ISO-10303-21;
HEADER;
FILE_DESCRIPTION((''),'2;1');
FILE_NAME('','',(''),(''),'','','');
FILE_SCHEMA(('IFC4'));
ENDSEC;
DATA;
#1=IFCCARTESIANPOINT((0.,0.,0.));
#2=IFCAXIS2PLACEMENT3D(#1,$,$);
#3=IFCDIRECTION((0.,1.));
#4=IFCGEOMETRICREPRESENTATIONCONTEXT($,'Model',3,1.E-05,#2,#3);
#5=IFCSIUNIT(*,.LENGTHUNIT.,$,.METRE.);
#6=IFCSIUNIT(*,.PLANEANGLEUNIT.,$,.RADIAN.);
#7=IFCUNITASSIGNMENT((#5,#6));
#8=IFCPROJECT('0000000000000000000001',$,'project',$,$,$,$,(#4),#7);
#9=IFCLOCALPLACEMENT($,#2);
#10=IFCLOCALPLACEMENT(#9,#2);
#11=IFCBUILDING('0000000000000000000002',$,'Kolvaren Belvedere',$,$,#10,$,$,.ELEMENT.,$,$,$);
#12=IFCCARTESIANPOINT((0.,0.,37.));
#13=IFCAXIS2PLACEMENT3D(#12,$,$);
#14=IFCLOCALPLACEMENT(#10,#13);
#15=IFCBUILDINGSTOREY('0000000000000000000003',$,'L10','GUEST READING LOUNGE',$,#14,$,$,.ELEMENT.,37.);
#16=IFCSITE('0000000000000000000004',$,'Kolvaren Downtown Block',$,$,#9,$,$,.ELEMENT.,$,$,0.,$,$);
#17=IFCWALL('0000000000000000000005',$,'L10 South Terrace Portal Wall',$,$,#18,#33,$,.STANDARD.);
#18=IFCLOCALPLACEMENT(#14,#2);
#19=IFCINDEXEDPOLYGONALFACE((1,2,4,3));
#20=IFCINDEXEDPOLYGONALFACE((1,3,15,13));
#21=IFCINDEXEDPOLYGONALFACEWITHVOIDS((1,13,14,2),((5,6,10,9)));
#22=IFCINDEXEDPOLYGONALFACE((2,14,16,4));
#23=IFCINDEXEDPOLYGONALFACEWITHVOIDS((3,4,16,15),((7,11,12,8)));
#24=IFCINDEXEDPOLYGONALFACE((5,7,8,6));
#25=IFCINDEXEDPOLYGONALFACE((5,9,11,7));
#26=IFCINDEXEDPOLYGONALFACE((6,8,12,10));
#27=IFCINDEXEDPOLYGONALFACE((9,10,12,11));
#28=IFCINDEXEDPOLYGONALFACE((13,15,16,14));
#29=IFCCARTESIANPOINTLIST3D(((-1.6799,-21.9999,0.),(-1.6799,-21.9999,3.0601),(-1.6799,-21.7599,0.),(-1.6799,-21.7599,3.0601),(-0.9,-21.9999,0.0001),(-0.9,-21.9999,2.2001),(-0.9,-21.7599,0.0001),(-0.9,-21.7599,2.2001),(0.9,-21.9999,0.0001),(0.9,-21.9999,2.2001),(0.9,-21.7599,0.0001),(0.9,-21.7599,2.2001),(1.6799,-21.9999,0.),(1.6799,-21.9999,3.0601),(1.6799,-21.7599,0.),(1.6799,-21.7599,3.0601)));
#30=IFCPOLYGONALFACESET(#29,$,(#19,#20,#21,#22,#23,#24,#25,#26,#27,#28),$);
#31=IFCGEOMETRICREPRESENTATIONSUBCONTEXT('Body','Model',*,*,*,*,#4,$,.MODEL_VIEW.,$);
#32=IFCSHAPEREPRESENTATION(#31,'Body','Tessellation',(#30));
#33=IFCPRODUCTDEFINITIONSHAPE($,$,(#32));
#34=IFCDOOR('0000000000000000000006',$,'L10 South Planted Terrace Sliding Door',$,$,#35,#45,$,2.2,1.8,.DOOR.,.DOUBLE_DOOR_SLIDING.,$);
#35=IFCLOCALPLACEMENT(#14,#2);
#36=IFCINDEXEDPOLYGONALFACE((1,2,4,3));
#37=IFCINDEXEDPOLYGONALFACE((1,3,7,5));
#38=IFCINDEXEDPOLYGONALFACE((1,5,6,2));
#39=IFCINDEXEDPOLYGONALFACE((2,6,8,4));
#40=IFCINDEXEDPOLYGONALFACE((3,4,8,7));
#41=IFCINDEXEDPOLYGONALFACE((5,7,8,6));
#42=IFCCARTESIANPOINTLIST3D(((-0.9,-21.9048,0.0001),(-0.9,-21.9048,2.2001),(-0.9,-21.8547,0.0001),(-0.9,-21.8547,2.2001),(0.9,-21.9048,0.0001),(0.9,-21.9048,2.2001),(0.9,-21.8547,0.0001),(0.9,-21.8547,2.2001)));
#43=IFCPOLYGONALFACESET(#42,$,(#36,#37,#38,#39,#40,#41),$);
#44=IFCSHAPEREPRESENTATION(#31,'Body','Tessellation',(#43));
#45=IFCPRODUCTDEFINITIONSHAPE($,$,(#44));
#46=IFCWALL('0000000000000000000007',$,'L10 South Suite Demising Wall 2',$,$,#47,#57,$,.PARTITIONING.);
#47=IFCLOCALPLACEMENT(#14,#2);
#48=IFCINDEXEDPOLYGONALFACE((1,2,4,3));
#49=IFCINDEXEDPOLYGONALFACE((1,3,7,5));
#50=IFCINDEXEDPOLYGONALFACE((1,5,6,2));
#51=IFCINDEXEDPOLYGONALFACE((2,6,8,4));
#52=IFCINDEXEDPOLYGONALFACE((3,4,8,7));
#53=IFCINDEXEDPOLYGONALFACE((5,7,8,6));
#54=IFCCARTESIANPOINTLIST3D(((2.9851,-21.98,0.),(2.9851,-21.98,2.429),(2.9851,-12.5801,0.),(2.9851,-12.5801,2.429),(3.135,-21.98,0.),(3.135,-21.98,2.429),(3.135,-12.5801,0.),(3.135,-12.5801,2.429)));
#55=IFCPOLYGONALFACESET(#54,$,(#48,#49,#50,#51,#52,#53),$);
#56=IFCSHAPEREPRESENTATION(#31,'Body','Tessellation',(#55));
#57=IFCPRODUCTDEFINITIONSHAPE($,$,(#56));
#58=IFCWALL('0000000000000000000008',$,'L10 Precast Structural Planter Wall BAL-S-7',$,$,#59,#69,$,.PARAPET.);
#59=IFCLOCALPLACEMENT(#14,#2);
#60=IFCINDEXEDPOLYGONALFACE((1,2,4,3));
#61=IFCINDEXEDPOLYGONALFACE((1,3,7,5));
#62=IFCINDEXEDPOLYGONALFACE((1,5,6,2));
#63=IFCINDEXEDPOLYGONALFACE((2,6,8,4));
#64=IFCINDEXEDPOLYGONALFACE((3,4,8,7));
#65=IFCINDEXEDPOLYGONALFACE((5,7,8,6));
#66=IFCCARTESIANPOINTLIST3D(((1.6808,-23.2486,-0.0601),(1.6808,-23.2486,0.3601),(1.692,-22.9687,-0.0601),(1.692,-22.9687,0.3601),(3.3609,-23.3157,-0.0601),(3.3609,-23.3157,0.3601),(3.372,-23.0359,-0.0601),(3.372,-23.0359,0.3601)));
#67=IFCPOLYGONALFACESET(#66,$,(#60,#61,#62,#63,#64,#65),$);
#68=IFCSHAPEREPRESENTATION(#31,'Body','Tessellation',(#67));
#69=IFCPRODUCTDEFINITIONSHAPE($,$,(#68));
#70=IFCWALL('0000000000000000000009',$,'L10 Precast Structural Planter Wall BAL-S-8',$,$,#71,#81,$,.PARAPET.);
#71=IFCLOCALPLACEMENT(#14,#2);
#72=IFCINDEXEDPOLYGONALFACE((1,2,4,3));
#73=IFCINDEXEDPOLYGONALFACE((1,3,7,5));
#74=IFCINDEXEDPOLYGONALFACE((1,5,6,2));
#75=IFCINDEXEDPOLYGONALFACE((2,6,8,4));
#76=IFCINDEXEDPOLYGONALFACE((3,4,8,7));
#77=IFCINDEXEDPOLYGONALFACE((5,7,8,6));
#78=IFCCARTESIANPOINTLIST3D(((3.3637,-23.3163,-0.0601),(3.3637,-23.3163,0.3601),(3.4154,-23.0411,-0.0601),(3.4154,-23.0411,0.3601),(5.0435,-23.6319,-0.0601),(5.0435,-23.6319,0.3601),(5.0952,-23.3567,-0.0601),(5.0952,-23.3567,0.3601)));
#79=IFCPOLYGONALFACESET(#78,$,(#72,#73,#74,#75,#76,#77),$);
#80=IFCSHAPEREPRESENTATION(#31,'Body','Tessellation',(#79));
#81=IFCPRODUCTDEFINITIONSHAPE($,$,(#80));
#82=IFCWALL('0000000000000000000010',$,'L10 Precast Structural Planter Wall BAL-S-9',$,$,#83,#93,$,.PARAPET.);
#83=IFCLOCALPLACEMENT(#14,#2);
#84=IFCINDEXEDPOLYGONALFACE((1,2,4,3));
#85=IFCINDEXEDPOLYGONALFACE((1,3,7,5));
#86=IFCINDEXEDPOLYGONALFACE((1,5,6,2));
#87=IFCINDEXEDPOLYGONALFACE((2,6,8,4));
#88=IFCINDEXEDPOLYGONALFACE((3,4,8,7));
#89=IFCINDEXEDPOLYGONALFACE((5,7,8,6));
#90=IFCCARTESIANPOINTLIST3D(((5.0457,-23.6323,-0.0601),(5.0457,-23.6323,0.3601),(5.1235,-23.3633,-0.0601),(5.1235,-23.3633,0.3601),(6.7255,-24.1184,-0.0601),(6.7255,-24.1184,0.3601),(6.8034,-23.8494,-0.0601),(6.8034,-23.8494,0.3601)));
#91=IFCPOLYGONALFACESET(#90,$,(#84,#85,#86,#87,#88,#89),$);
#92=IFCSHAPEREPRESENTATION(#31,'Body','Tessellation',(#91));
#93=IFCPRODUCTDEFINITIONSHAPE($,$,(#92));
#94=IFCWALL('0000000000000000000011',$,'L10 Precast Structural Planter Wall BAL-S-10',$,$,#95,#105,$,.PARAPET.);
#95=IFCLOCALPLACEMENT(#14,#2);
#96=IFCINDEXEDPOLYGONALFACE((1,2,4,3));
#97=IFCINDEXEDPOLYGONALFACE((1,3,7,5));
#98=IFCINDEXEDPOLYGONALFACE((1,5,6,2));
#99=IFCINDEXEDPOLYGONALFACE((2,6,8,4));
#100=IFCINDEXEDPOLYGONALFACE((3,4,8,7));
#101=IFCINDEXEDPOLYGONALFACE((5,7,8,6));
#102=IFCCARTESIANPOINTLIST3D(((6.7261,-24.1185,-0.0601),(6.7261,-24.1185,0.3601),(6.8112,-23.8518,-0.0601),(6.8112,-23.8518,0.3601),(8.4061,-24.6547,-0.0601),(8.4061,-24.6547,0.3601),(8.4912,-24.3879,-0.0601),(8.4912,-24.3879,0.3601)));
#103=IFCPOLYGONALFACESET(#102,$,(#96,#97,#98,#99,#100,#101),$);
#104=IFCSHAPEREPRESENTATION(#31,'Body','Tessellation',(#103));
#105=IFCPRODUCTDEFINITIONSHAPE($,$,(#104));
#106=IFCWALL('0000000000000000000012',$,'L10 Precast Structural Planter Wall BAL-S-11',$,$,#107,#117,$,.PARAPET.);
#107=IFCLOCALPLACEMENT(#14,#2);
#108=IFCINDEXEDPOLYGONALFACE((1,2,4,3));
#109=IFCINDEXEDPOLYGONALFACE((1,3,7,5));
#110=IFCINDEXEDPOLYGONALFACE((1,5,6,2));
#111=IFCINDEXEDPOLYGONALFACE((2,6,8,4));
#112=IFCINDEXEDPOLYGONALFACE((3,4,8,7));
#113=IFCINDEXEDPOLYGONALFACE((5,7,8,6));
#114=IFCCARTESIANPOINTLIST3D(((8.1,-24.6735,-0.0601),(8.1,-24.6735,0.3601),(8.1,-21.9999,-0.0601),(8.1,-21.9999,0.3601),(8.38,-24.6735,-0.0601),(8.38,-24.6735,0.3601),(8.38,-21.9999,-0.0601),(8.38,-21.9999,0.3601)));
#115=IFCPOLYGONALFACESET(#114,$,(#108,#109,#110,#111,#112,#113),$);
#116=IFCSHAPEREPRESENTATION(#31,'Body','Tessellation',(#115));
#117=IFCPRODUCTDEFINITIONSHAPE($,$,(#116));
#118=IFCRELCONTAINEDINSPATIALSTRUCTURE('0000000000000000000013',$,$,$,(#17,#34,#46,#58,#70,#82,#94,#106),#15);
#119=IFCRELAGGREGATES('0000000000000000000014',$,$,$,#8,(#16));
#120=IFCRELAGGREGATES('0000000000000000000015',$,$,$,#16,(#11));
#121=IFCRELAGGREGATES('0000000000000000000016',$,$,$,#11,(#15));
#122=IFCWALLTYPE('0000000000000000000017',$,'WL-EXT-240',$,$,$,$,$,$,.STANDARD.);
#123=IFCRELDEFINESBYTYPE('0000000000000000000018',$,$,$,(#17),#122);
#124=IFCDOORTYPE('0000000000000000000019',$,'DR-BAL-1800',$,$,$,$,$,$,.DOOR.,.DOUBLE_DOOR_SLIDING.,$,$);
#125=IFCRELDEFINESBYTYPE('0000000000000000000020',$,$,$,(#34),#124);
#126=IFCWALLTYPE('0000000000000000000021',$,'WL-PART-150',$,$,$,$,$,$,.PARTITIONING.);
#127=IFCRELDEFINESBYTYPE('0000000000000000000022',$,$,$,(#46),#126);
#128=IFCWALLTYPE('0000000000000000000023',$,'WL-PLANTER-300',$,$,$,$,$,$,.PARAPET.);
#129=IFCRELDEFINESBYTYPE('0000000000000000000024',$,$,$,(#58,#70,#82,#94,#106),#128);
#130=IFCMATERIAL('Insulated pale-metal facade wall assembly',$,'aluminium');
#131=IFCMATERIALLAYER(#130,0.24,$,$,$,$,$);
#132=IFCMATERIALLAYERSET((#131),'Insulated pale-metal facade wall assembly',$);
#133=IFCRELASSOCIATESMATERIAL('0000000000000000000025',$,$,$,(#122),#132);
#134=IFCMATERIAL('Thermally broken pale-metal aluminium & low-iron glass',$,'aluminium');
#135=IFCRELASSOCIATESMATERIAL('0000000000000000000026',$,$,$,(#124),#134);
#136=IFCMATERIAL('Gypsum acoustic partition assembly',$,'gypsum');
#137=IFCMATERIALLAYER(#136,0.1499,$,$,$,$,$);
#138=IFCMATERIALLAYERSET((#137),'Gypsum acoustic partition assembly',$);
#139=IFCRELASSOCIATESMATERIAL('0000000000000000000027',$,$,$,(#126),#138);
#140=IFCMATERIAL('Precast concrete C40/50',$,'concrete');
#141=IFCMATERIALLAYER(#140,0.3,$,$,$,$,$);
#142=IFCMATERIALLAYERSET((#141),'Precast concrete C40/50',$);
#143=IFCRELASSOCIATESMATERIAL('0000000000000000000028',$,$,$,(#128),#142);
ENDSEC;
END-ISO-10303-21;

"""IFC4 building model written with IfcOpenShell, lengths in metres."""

from ifc_helpers import new_model, si_unit, direction, frame, frame_2d, origin, place, context, subcontext, project, spatial, rectangle, extrude, material, layer, layer_set, type_object, element, fill, save


model = new_model("IFC4")

# Units and contexts
model_context = context("Model", 3, precision=1e-05, world=origin(), true_north=direction((0.0, 1.0)))
body_context = subcontext(model_context, "Body", "Model", "MODEL_VIEW")
ifc_project = project(units=[si_unit("LENGTHUNIT", "METRE"), si_unit("PLANEANGLEUNIT", "RADIAN")], contexts=[model_context])

# Site, building, storey
site_placement = place(None, origin())
site = spatial("IfcSite", under=ifc_project, at=site_placement, Name="Kolvaren Downtown Block", CompositionType="ELEMENT", RefElevation=0.0)
building_placement = place(site_placement, origin())
building = spatial("IfcBuilding", under=site, at=building_placement, Name="Kolvaren Belvedere", CompositionType="ELEMENT")
storey_placement = place(building_placement, frame((0.0, 0.0, 37.0)))
storey = spatial("IfcBuildingStorey", under=building, at=storey_placement, Name="L10", Description="GUEST READING LOUNGE", CompositionType="ELEMENT", Elevation=37.0)

# Wall, opening, door
ifc_material_1 = material(Name="Insulated pale-metal facade wall assembly", Category="aluminium")
ifc_layer_1 = layer(ifc_material_1, 0.24)
ifc_layer_set_1 = layer_set([ifc_layer_1], Name="Insulated pale-metal facade wall assembly")
wall_type_1 = type_object("IfcWallType", Name="WL-EXT-240", PredefinedType="STANDARD", material=ifc_layer_set_1)
wall_1_placement = place(storey_placement, frame((1.6799, -21.8799, 0.0), z_axis=(0.0, 0.0, 1.0), x_axis=(-1.0, 0.0, 0.0)))
wall_1 = element("IfcWall", 1, at=wall_1_placement, inside=storey, type_object=wall_type_1, Name="L10 South Terrace Portal Wall", PredefinedType="STANDARD", context=body_context, shape_type="SweptSolid", body=[
    extrude(rectangle(XDim=3.3599, YDim=0.24, at=frame_2d((1.6799, 0.0))), origin(), (0.0, 0.0, 1.0), 3.0601),
])
opening_placement = place(wall_1_placement, frame((0.78, 0.0, 0.0)))
opening = element("IfcOpeningElement", 2, at=opening_placement, cuts=wall_1, PredefinedType="OPENING", context=body_context, shape_type="SweptSolid", body=[
    extrude(rectangle(XDim=1.8, YDim=2.2, at=frame_2d((0.8999, 1.1001))), frame((0.0, 0.1299, 0.0), z_axis=(0.0, -1.0, 0.0), x_axis=(1.0, 0.0, 0.0)), (0.0, 0.0, 1.0), 0.26),
])
ifc_material_2 = material(Name="Thermally broken pale-metal aluminium & low-iron glass", Category="aluminium")
door_type = type_object("IfcDoorType", Name="DR-BAL-1800", OperationType="DOUBLE_DOOR_SLIDING", PredefinedType="DOOR", material=ifc_material_2)
door_placement = place(opening_placement, origin())
door = element("IfcDoor", 3, at=door_placement, inside=storey, type_object=door_type, Name="L10 South Planted Terrace Sliding Door", OperationType="DOUBLE_DOOR_SLIDING", OverallHeight=2.2, OverallWidth=1.8, PredefinedType="DOOR", context=body_context, shape_type="SweptSolid", body=[
    extrude(rectangle(XDim=1.8, YDim=2.2, at=frame_2d((0.8999, 1.1001))), frame((0.0, 0.0249, 0.0), z_axis=(0.0, -1.0, 0.0), x_axis=(1.0, 0.0, 0.0)), (0.0, 0.0, 1.0), 0.05),
])
fill(opening, door)

# Walls
ifc_material_3 = material(Name="Gypsum acoustic partition assembly", Category="gypsum")
ifc_layer_2 = layer(ifc_material_3, 0.1499)
ifc_layer_set_2 = layer_set([ifc_layer_2], Name="Gypsum acoustic partition assembly")
wall_type_2 = type_object("IfcWallType", Name="WL-PART-150", PredefinedType="PARTITIONING", material=ifc_layer_set_2)
wall_2_placement = place(storey_placement, frame((3.0601, -21.98, 0.0), z_axis=(0.0, 0.0, 1.0), x_axis=(0.0, 1.0, 0.0)))
element("IfcWall", 4, at=wall_2_placement, inside=storey, type_object=wall_type_2, Name="L10 South Suite Demising Wall 2", PredefinedType="PARTITIONING", context=body_context, shape_type="SweptSolid", body=[
    extrude(rectangle(XDim=9.3999, YDim=0.1499, at=frame_2d((4.7, 0.0))), origin(), (0.0, 0.0, 1.0), 2.429),
])
ifc_material_4 = material(Name="Precast concrete C40/50", Category="concrete")
ifc_layer_3 = layer(ifc_material_4, 0.3)
ifc_layer_set_3 = layer_set([ifc_layer_3], Name="Precast concrete C40/50")
wall_type_3 = type_object("IfcWallType", Name="WL-PLANTER-300", PredefinedType="PARAPET", material=ifc_layer_set_3)
wall_3_placement = place(storey_placement, frame((1.6863, -23.1086, -0.0601), z_axis=(0.0, 0.0, 1.0), x_axis=(0.999203, -0.039927, 0.0)))
element("IfcWall", 5, at=wall_3_placement, inside=storey, type_object=wall_type_3, Name="L10 Precast Structural Planter Wall BAL-S-7", PredefinedType="PARAPET", context=body_context, shape_type="SweptSolid", body=[
    extrude(rectangle(XDim=1.6814, YDim=0.28, at=frame_2d((0.8408, 0.0))), origin(), (0.0, 0.0, 1.0), 0.4202),
])
wall_4_placement = place(storey_placement, frame((3.3896, -23.1787, -0.0601), z_axis=(0.0, 0.0, 1.0), x_axis=(0.982799, -0.184677, 0.0)))
element("IfcWall", 6, at=wall_4_placement, inside=storey, type_object=wall_type_3, Name="L10 Precast Structural Planter Wall BAL-S-8", PredefinedType="PARAPET", context=body_context, shape_type="SweptSolid", body=[
    extrude(rectangle(XDim=1.7092, YDim=0.28, at=frame_2d((0.8545, 0.0))), origin(), (0.0, 0.0, 1.0), 0.4202),
])
wall_5_placement = place(storey_placement, frame((5.0845, -23.4978, -0.0601), z_axis=(0.0, 0.0, 1.0), x_axis=(0.960597, -0.277946, 0.0)))
element("IfcWall", 7, at=wall_5_placement, inside=storey, type_object=wall_type_3, Name="L10 Precast Structural Planter Wall BAL-S-9", PredefinedType="PARAPET", context=body_context, shape_type="SweptSolid", body=[
    extrude(rectangle(XDim=1.7488, YDim=0.28, at=frame_2d((0.8745, 0.0))), origin(), (0.0, 0.0, 1.0), 0.4202),
])
wall_6_placement = place(storey_placement, frame((6.7686, -23.9851, -0.0601), z_axis=(0.0, 0.0, 1.0), x_axis=(0.952662, -0.304032, 0.0)))
element("IfcWall", 8, at=wall_6_placement, inside=storey, type_object=wall_type_3, Name="L10 Precast Structural Planter Wall BAL-S-10", PredefinedType="PARAPET", context=body_context, shape_type="SweptSolid", body=[
    extrude(rectangle(XDim=1.7634, YDim=0.28, at=frame_2d((0.8818, 0.0))), origin(), (0.0, 0.0, 1.0), 0.4202),
])
wall_7_placement = place(storey_placement, frame((8.24, -24.6736, -0.0601), z_axis=(0.0, 0.0, 1.0), x_axis=(0.0, 1.0, 0.0)))
element("IfcWall", 9, at=wall_7_placement, inside=storey, type_object=wall_type_3, Name="L10 Precast Structural Planter Wall BAL-S-11", PredefinedType="PARAPET", context=body_context, shape_type="SweptSolid", body=[
    extrude(rectangle(XDim=2.6736, YDim=0.28, at=frame_2d((1.3369, 0.0))), origin(), (0.0, 0.0, 1.0), 0.4202),
])

save(model, "model.ifc")
